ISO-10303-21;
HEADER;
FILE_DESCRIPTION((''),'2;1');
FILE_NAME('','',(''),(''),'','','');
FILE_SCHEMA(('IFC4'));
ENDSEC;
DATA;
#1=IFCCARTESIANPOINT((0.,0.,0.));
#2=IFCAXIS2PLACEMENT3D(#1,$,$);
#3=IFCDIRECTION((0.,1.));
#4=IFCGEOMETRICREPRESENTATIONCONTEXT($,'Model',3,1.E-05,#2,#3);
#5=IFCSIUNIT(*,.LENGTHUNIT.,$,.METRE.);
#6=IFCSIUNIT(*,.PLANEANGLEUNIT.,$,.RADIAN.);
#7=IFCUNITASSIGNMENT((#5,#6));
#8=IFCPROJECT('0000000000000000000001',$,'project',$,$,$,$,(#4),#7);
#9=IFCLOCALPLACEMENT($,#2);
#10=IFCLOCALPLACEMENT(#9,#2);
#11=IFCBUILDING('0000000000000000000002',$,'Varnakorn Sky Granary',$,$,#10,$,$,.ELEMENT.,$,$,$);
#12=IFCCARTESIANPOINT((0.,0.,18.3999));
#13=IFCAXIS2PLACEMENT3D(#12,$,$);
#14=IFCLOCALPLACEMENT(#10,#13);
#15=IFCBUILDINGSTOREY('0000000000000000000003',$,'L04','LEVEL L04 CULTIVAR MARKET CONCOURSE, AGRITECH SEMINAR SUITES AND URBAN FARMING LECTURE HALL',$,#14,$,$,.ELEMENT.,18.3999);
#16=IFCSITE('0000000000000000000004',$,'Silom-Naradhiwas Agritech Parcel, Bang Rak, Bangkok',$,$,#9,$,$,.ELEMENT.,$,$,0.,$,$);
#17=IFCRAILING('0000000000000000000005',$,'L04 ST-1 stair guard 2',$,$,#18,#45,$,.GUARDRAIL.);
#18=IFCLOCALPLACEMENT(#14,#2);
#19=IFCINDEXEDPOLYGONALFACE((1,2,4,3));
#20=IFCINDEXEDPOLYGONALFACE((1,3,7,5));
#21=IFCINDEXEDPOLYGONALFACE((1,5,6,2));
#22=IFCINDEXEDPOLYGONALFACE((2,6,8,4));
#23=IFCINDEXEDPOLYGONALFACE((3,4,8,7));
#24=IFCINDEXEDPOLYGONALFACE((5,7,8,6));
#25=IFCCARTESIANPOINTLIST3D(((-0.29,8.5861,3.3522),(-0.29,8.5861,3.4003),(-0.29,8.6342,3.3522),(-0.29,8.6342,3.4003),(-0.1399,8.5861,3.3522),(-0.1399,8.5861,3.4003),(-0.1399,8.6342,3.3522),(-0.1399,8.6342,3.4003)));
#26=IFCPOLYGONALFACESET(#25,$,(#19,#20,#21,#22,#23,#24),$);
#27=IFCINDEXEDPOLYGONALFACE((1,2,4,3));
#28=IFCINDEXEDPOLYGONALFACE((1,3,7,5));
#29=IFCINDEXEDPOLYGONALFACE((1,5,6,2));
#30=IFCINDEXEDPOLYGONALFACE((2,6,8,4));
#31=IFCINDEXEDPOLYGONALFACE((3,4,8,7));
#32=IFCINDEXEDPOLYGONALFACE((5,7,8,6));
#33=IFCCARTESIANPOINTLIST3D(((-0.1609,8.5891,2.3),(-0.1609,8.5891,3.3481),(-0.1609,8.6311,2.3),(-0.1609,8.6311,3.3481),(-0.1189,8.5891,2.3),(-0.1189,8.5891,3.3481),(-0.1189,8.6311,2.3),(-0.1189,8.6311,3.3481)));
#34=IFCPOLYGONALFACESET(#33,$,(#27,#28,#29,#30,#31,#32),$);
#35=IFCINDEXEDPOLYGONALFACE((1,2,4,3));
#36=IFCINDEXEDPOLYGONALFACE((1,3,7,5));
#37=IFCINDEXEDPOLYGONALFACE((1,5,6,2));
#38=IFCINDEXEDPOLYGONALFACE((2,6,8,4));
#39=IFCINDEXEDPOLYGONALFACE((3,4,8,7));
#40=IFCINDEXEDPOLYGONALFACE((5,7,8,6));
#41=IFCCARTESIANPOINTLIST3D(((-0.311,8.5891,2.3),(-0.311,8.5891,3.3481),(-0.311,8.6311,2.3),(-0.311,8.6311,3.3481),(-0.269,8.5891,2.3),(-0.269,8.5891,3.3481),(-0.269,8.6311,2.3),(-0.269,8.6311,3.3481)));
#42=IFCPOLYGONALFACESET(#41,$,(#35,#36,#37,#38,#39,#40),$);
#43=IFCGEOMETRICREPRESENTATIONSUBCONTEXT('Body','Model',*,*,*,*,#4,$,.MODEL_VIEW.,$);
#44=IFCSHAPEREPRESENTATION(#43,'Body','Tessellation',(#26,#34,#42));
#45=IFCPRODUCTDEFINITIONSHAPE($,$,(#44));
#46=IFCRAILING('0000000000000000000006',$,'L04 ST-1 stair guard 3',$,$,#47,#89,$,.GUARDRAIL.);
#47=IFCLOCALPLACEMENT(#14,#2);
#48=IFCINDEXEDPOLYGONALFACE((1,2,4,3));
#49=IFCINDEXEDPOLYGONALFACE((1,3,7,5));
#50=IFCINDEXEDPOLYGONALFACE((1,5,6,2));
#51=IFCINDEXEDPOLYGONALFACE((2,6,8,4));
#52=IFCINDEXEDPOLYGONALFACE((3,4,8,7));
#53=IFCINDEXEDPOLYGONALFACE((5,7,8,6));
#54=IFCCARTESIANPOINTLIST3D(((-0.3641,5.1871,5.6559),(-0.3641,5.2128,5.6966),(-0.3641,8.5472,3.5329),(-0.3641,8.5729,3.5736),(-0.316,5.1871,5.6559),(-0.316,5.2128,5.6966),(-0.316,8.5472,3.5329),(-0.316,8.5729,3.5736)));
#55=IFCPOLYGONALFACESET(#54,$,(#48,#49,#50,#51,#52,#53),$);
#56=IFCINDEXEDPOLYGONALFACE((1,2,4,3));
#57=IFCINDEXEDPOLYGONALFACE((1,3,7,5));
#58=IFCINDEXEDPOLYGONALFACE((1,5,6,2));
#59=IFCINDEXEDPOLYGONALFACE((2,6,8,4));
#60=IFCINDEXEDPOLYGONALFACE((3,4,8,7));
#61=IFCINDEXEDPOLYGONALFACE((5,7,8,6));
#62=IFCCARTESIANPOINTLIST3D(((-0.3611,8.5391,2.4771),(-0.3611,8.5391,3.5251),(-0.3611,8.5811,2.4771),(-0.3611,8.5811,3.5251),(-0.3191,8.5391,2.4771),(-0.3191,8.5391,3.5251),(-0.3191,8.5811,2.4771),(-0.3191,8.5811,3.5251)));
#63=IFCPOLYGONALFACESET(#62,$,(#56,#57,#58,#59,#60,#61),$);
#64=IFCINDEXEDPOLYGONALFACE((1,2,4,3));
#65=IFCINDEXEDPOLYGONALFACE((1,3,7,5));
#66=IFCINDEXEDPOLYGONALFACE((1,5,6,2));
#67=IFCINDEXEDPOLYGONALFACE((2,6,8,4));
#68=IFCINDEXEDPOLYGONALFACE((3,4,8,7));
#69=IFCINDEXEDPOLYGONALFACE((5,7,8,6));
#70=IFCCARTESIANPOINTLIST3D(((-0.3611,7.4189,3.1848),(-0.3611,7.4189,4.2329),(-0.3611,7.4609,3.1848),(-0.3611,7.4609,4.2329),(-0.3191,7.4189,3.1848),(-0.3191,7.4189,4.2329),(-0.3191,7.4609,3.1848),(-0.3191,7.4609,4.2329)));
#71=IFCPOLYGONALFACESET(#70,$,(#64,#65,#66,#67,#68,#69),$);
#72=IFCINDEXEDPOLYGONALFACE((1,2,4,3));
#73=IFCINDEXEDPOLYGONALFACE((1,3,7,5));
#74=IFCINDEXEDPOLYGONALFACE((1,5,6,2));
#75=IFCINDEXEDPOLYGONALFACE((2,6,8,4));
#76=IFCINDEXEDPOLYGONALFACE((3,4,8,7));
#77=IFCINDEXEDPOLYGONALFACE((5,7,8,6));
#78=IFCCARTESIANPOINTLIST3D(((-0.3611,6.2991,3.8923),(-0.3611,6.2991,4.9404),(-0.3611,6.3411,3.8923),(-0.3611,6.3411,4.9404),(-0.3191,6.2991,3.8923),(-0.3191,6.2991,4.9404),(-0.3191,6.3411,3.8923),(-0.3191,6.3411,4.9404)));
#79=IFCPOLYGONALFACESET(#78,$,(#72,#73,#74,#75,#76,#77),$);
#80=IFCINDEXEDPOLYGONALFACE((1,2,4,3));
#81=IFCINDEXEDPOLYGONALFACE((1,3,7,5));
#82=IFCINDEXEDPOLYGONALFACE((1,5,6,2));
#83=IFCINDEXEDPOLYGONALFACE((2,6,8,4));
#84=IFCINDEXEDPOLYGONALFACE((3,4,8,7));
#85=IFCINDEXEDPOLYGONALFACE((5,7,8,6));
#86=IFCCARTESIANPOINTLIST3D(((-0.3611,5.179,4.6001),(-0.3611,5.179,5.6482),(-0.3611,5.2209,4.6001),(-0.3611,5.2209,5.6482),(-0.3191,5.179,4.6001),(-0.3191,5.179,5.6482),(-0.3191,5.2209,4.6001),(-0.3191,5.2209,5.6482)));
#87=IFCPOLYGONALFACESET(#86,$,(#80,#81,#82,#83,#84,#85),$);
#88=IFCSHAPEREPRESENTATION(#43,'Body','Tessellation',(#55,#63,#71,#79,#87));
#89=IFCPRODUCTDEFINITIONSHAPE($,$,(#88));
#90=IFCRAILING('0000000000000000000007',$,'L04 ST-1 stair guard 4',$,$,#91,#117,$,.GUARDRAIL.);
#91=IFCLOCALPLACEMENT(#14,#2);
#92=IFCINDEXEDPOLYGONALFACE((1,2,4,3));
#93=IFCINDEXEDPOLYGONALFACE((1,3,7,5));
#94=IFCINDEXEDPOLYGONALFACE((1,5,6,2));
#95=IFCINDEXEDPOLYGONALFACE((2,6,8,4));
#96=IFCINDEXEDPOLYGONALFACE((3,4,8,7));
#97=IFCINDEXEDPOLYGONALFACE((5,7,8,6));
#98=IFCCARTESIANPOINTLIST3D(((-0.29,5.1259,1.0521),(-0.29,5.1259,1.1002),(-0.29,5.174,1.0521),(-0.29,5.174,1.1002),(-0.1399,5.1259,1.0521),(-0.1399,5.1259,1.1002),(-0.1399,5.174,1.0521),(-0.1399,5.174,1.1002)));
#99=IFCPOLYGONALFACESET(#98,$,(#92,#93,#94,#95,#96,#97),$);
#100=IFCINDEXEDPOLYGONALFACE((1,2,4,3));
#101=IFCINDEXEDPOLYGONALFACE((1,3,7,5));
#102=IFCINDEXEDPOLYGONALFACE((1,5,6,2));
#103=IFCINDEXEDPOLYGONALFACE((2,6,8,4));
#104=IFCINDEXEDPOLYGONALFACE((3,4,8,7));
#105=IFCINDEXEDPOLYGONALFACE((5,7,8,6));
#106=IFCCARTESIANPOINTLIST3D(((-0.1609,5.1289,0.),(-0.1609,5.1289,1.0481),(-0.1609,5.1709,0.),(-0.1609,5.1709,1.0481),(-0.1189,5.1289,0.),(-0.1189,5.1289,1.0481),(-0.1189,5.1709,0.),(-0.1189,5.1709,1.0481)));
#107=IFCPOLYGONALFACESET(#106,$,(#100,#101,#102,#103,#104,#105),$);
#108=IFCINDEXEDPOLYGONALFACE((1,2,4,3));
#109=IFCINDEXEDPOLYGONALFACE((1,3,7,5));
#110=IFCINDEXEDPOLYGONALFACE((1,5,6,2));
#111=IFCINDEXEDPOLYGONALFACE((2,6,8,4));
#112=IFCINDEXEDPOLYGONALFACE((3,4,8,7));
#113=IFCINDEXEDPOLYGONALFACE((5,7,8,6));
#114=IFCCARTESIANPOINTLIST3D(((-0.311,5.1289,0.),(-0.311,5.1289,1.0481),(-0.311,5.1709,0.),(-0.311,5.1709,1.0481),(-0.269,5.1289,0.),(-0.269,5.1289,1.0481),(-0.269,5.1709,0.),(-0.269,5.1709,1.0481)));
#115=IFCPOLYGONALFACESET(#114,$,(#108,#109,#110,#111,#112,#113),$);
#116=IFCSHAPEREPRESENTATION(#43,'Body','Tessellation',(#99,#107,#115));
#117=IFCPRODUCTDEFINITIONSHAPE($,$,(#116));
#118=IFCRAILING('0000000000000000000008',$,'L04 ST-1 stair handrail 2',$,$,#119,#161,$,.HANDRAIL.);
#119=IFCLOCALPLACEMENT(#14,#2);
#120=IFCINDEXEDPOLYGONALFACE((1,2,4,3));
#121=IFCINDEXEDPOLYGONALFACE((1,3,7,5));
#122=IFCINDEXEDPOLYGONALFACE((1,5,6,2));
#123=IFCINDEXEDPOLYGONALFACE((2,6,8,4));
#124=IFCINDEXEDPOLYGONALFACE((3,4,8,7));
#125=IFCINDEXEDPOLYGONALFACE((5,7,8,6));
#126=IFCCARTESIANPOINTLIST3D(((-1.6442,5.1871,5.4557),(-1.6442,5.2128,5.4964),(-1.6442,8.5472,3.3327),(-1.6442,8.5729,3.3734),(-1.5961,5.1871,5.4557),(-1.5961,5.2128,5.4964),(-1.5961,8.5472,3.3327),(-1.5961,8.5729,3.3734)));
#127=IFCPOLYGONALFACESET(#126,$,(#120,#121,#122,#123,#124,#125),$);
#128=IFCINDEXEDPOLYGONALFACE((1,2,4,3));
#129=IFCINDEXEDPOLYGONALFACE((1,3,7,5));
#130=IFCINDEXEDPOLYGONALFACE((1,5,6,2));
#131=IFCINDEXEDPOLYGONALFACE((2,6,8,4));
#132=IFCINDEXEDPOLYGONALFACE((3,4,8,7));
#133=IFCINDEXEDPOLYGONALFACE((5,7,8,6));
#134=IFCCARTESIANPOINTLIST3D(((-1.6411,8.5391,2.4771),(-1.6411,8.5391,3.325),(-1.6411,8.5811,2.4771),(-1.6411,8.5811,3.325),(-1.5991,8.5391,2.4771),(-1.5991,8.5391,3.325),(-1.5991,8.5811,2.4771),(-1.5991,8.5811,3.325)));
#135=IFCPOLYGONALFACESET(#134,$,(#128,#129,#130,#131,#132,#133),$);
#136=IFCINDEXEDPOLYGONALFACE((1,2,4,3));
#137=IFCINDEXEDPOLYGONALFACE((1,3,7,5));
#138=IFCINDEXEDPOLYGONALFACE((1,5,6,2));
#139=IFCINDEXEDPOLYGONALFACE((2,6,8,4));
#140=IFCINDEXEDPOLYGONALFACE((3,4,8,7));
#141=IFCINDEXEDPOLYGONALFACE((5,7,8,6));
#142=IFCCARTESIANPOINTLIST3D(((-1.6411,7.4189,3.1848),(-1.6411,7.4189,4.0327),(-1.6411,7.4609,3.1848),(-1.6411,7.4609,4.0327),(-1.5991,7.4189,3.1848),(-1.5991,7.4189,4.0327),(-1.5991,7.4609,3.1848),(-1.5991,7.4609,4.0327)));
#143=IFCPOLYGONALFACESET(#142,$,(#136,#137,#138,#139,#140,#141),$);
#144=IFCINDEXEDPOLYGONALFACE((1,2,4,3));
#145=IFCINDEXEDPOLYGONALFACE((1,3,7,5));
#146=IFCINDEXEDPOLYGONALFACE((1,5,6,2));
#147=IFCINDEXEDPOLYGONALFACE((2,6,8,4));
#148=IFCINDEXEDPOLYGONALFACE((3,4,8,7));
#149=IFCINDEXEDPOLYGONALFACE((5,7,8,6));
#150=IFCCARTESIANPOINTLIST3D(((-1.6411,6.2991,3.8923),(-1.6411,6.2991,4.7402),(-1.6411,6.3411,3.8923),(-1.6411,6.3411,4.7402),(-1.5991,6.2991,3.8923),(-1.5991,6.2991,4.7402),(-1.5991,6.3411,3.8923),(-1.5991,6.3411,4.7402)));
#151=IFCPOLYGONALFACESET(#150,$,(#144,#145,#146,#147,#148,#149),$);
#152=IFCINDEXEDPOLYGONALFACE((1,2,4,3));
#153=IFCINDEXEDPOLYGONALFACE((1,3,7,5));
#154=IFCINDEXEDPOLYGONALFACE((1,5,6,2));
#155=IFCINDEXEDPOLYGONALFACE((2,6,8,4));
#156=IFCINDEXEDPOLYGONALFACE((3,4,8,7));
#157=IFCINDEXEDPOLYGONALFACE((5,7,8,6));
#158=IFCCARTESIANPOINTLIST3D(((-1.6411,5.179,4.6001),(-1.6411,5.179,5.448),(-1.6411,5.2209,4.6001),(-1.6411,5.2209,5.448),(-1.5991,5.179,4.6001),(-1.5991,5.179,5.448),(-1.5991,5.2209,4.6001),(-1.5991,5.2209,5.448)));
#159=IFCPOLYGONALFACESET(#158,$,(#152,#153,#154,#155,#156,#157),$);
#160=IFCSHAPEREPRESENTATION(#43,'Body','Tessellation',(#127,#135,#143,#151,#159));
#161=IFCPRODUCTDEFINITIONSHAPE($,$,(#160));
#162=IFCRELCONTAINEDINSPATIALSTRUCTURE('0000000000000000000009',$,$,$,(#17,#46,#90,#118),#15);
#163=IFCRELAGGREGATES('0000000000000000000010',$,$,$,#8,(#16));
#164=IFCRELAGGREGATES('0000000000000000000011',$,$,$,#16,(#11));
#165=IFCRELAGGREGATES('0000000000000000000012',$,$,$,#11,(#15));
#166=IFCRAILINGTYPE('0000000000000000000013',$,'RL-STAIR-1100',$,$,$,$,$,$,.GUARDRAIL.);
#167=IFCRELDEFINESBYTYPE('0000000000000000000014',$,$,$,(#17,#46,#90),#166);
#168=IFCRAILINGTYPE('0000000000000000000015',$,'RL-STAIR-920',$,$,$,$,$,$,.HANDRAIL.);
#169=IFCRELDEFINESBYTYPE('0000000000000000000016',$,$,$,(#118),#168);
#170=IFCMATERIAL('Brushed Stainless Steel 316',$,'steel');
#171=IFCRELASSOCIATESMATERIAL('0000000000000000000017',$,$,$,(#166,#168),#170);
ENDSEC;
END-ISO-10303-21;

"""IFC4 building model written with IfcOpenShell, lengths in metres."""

from ifc_helpers import new_model, si_unit, direction, frame, origin, origin_2d, place, context, subcontext, project, spatial, rectangle, extrude, material, type_object, element, save


model = new_model("IFC4")

# Units and contexts
model_context = context("Model", 3, precision=1e-05, world=origin(), true_north=direction((0.0, 1.0)))
body_context = subcontext(model_context, "Body", "Model", "MODEL_VIEW")
ifc_project = project(units=[si_unit("LENGTHUNIT", "METRE"), si_unit("PLANEANGLEUNIT", "RADIAN")], contexts=[model_context])

# Site, building, storey
site_placement = place(None, origin())
site = spatial("IfcSite", under=ifc_project, at=site_placement, Name="Silom-Naradhiwas Agritech Parcel, Bang Rak, Bangkok", CompositionType="ELEMENT", RefElevation=0.0)
building_placement = place(site_placement, origin())
building = spatial("IfcBuilding", under=site, at=building_placement, Name="Varnakorn Sky Granary", CompositionType="ELEMENT")
storey_placement = place(building_placement, frame((0.0, 0.0, 18.3999)))
storey = spatial("IfcBuildingStorey", under=building, at=storey_placement, Name="L04", Description="LEVEL L04 CULTIVAR MARKET CONCOURSE, AGRITECH SEMINAR SUITES AND URBAN FARMING LECTURE HALL", CompositionType="ELEMENT", Elevation=18.3999)

# Railings
ifc_material_1 = material(Name="Brushed Stainless Steel 316", Category="steel")
railing_type_1 = type_object("IfcRailingType", Name="RL-STAIR-1100", PredefinedType="GUARDRAIL", material=ifc_material_1)
railing_1_placement = place(storey_placement, frame((-0.1399, 8.6101, 2.3)))
element("IfcRailing", 1, at=railing_1_placement, inside=storey, type_object=railing_type_1, Name="L04 ST-1 stair guard 2", PredefinedType="GUARDRAIL", context=body_context, shape_type="SweptSolid", body=[
    extrude(rectangle(XDim=0.0481, YDim=0.0481, at=origin_2d()), frame((0.0, 0.0, 1.0762), z_axis=(-1.0, 0.0, 0.0), x_axis=(0.0, -1.0, 0.0)), (0.0, 0.0, 1.0), 0.1501),
    extrude(rectangle(XDim=0.042, YDim=0.042, at=origin_2d()), origin(), (0.0, 0.0, 1.0), 1.0481),
    extrude(rectangle(XDim=0.042, YDim=0.042, at=origin_2d()), frame((-0.1501, 0.0, 0.0)), (0.0, 0.0, 1.0), 1.0481),
])
railing_2_placement = place(storey_placement, frame((-0.3401, 8.5601, 2.4771)))
element("IfcRailing", 2, at=railing_2_placement, inside=storey, type_object=railing_type_1, Name="L04 ST-1 stair guard 3", PredefinedType="GUARDRAIL", context=body_context, shape_type="SweptSolid", body=[
    extrude(rectangle(XDim=0.0481, YDim=0.0481, at=origin_2d()), frame((0.0, 0.0, 1.0762), z_axis=(0.0, -0.84539, 0.53415), x_axis=(1.0, 0.0, 0.0)), (0.0, 0.0, 1.0), 3.9746),
    extrude(rectangle(XDim=0.042, YDim=0.042, at=origin_2d()), origin(), (0.0, 0.0, 1.0), 1.0481),
    extrude(rectangle(XDim=0.042, YDim=0.042, at=origin_2d()), frame((0.0, -1.1201, 0.7078)), (0.0, 0.0, 1.0), 1.0481),
    extrude(rectangle(XDim=0.042, YDim=0.042, at=origin_2d()), frame((0.0, -2.24, 1.4153)), (0.0, 0.0, 1.0), 1.0481),
    extrude(rectangle(XDim=0.042, YDim=0.042, at=origin_2d()), frame((0.0, -3.3601, 2.123)), (0.0, 0.0, 1.0), 1.0481),
])
railing_3_placement = place(storey_placement, frame((-0.1399, 5.1499, 0.0)))
element("IfcRailing", 3, at=railing_3_placement, inside=storey, type_object=railing_type_1, Name="L04 ST-1 stair guard 4", PredefinedType="GUARDRAIL", context=body_context, shape_type="SweptSolid", body=[
    extrude(rectangle(XDim=0.0481, YDim=0.0481, at=origin_2d()), frame((0.0, 0.0, 1.0762), z_axis=(-1.0, 0.0, 0.0), x_axis=(0.0, -1.0, 0.0)), (0.0, 0.0, 1.0), 0.1501),
    extrude(rectangle(XDim=0.042, YDim=0.042, at=origin_2d()), origin(), (0.0, 0.0, 1.0), 1.0481),
    extrude(rectangle(XDim=0.042, YDim=0.042, at=origin_2d()), frame((-0.1501, 0.0, 0.0)), (0.0, 0.0, 1.0), 1.0481),
])
railing_type_2 = type_object("IfcRailingType", Name="RL-STAIR-920", PredefinedType="HANDRAIL", material=ifc_material_1)
railing_4_placement = place(storey_placement, frame((-1.6201, 8.5601, 2.4771)))
element("IfcRailing", 4, at=railing_4_placement, inside=storey, type_object=railing_type_2, Name="L04 ST-1 stair handrail 2", PredefinedType="HANDRAIL", context=body_context, shape_type="SweptSolid", body=[
    extrude(rectangle(XDim=0.0481, YDim=0.0481, at=origin_2d()), frame((0.0, 0.0, 0.876), z_axis=(0.0, -0.84539, 0.53415), x_axis=(1.0, 0.0, 0.0)), (0.0, 0.0, 1.0), 3.9746),
    extrude(rectangle(XDim=0.042, YDim=0.042, at=origin_2d()), origin(), (0.0, 0.0, 1.0), 0.8479),
    extrude(rectangle(XDim=0.042, YDim=0.042, at=origin_2d()), frame((0.0, -1.1201, 0.7078)), (0.0, 0.0, 1.0), 0.8479),
    extrude(rectangle(XDim=0.042, YDim=0.042, at=origin_2d()), frame((0.0, -2.24, 1.4153)), (0.0, 0.0, 1.0), 0.8479),
    extrude(rectangle(XDim=0.042, YDim=0.042, at=origin_2d()), frame((0.0, -3.3601, 2.123)), (0.0, 0.0, 1.0), 0.8479),
])

save(model, "model.ifc")
